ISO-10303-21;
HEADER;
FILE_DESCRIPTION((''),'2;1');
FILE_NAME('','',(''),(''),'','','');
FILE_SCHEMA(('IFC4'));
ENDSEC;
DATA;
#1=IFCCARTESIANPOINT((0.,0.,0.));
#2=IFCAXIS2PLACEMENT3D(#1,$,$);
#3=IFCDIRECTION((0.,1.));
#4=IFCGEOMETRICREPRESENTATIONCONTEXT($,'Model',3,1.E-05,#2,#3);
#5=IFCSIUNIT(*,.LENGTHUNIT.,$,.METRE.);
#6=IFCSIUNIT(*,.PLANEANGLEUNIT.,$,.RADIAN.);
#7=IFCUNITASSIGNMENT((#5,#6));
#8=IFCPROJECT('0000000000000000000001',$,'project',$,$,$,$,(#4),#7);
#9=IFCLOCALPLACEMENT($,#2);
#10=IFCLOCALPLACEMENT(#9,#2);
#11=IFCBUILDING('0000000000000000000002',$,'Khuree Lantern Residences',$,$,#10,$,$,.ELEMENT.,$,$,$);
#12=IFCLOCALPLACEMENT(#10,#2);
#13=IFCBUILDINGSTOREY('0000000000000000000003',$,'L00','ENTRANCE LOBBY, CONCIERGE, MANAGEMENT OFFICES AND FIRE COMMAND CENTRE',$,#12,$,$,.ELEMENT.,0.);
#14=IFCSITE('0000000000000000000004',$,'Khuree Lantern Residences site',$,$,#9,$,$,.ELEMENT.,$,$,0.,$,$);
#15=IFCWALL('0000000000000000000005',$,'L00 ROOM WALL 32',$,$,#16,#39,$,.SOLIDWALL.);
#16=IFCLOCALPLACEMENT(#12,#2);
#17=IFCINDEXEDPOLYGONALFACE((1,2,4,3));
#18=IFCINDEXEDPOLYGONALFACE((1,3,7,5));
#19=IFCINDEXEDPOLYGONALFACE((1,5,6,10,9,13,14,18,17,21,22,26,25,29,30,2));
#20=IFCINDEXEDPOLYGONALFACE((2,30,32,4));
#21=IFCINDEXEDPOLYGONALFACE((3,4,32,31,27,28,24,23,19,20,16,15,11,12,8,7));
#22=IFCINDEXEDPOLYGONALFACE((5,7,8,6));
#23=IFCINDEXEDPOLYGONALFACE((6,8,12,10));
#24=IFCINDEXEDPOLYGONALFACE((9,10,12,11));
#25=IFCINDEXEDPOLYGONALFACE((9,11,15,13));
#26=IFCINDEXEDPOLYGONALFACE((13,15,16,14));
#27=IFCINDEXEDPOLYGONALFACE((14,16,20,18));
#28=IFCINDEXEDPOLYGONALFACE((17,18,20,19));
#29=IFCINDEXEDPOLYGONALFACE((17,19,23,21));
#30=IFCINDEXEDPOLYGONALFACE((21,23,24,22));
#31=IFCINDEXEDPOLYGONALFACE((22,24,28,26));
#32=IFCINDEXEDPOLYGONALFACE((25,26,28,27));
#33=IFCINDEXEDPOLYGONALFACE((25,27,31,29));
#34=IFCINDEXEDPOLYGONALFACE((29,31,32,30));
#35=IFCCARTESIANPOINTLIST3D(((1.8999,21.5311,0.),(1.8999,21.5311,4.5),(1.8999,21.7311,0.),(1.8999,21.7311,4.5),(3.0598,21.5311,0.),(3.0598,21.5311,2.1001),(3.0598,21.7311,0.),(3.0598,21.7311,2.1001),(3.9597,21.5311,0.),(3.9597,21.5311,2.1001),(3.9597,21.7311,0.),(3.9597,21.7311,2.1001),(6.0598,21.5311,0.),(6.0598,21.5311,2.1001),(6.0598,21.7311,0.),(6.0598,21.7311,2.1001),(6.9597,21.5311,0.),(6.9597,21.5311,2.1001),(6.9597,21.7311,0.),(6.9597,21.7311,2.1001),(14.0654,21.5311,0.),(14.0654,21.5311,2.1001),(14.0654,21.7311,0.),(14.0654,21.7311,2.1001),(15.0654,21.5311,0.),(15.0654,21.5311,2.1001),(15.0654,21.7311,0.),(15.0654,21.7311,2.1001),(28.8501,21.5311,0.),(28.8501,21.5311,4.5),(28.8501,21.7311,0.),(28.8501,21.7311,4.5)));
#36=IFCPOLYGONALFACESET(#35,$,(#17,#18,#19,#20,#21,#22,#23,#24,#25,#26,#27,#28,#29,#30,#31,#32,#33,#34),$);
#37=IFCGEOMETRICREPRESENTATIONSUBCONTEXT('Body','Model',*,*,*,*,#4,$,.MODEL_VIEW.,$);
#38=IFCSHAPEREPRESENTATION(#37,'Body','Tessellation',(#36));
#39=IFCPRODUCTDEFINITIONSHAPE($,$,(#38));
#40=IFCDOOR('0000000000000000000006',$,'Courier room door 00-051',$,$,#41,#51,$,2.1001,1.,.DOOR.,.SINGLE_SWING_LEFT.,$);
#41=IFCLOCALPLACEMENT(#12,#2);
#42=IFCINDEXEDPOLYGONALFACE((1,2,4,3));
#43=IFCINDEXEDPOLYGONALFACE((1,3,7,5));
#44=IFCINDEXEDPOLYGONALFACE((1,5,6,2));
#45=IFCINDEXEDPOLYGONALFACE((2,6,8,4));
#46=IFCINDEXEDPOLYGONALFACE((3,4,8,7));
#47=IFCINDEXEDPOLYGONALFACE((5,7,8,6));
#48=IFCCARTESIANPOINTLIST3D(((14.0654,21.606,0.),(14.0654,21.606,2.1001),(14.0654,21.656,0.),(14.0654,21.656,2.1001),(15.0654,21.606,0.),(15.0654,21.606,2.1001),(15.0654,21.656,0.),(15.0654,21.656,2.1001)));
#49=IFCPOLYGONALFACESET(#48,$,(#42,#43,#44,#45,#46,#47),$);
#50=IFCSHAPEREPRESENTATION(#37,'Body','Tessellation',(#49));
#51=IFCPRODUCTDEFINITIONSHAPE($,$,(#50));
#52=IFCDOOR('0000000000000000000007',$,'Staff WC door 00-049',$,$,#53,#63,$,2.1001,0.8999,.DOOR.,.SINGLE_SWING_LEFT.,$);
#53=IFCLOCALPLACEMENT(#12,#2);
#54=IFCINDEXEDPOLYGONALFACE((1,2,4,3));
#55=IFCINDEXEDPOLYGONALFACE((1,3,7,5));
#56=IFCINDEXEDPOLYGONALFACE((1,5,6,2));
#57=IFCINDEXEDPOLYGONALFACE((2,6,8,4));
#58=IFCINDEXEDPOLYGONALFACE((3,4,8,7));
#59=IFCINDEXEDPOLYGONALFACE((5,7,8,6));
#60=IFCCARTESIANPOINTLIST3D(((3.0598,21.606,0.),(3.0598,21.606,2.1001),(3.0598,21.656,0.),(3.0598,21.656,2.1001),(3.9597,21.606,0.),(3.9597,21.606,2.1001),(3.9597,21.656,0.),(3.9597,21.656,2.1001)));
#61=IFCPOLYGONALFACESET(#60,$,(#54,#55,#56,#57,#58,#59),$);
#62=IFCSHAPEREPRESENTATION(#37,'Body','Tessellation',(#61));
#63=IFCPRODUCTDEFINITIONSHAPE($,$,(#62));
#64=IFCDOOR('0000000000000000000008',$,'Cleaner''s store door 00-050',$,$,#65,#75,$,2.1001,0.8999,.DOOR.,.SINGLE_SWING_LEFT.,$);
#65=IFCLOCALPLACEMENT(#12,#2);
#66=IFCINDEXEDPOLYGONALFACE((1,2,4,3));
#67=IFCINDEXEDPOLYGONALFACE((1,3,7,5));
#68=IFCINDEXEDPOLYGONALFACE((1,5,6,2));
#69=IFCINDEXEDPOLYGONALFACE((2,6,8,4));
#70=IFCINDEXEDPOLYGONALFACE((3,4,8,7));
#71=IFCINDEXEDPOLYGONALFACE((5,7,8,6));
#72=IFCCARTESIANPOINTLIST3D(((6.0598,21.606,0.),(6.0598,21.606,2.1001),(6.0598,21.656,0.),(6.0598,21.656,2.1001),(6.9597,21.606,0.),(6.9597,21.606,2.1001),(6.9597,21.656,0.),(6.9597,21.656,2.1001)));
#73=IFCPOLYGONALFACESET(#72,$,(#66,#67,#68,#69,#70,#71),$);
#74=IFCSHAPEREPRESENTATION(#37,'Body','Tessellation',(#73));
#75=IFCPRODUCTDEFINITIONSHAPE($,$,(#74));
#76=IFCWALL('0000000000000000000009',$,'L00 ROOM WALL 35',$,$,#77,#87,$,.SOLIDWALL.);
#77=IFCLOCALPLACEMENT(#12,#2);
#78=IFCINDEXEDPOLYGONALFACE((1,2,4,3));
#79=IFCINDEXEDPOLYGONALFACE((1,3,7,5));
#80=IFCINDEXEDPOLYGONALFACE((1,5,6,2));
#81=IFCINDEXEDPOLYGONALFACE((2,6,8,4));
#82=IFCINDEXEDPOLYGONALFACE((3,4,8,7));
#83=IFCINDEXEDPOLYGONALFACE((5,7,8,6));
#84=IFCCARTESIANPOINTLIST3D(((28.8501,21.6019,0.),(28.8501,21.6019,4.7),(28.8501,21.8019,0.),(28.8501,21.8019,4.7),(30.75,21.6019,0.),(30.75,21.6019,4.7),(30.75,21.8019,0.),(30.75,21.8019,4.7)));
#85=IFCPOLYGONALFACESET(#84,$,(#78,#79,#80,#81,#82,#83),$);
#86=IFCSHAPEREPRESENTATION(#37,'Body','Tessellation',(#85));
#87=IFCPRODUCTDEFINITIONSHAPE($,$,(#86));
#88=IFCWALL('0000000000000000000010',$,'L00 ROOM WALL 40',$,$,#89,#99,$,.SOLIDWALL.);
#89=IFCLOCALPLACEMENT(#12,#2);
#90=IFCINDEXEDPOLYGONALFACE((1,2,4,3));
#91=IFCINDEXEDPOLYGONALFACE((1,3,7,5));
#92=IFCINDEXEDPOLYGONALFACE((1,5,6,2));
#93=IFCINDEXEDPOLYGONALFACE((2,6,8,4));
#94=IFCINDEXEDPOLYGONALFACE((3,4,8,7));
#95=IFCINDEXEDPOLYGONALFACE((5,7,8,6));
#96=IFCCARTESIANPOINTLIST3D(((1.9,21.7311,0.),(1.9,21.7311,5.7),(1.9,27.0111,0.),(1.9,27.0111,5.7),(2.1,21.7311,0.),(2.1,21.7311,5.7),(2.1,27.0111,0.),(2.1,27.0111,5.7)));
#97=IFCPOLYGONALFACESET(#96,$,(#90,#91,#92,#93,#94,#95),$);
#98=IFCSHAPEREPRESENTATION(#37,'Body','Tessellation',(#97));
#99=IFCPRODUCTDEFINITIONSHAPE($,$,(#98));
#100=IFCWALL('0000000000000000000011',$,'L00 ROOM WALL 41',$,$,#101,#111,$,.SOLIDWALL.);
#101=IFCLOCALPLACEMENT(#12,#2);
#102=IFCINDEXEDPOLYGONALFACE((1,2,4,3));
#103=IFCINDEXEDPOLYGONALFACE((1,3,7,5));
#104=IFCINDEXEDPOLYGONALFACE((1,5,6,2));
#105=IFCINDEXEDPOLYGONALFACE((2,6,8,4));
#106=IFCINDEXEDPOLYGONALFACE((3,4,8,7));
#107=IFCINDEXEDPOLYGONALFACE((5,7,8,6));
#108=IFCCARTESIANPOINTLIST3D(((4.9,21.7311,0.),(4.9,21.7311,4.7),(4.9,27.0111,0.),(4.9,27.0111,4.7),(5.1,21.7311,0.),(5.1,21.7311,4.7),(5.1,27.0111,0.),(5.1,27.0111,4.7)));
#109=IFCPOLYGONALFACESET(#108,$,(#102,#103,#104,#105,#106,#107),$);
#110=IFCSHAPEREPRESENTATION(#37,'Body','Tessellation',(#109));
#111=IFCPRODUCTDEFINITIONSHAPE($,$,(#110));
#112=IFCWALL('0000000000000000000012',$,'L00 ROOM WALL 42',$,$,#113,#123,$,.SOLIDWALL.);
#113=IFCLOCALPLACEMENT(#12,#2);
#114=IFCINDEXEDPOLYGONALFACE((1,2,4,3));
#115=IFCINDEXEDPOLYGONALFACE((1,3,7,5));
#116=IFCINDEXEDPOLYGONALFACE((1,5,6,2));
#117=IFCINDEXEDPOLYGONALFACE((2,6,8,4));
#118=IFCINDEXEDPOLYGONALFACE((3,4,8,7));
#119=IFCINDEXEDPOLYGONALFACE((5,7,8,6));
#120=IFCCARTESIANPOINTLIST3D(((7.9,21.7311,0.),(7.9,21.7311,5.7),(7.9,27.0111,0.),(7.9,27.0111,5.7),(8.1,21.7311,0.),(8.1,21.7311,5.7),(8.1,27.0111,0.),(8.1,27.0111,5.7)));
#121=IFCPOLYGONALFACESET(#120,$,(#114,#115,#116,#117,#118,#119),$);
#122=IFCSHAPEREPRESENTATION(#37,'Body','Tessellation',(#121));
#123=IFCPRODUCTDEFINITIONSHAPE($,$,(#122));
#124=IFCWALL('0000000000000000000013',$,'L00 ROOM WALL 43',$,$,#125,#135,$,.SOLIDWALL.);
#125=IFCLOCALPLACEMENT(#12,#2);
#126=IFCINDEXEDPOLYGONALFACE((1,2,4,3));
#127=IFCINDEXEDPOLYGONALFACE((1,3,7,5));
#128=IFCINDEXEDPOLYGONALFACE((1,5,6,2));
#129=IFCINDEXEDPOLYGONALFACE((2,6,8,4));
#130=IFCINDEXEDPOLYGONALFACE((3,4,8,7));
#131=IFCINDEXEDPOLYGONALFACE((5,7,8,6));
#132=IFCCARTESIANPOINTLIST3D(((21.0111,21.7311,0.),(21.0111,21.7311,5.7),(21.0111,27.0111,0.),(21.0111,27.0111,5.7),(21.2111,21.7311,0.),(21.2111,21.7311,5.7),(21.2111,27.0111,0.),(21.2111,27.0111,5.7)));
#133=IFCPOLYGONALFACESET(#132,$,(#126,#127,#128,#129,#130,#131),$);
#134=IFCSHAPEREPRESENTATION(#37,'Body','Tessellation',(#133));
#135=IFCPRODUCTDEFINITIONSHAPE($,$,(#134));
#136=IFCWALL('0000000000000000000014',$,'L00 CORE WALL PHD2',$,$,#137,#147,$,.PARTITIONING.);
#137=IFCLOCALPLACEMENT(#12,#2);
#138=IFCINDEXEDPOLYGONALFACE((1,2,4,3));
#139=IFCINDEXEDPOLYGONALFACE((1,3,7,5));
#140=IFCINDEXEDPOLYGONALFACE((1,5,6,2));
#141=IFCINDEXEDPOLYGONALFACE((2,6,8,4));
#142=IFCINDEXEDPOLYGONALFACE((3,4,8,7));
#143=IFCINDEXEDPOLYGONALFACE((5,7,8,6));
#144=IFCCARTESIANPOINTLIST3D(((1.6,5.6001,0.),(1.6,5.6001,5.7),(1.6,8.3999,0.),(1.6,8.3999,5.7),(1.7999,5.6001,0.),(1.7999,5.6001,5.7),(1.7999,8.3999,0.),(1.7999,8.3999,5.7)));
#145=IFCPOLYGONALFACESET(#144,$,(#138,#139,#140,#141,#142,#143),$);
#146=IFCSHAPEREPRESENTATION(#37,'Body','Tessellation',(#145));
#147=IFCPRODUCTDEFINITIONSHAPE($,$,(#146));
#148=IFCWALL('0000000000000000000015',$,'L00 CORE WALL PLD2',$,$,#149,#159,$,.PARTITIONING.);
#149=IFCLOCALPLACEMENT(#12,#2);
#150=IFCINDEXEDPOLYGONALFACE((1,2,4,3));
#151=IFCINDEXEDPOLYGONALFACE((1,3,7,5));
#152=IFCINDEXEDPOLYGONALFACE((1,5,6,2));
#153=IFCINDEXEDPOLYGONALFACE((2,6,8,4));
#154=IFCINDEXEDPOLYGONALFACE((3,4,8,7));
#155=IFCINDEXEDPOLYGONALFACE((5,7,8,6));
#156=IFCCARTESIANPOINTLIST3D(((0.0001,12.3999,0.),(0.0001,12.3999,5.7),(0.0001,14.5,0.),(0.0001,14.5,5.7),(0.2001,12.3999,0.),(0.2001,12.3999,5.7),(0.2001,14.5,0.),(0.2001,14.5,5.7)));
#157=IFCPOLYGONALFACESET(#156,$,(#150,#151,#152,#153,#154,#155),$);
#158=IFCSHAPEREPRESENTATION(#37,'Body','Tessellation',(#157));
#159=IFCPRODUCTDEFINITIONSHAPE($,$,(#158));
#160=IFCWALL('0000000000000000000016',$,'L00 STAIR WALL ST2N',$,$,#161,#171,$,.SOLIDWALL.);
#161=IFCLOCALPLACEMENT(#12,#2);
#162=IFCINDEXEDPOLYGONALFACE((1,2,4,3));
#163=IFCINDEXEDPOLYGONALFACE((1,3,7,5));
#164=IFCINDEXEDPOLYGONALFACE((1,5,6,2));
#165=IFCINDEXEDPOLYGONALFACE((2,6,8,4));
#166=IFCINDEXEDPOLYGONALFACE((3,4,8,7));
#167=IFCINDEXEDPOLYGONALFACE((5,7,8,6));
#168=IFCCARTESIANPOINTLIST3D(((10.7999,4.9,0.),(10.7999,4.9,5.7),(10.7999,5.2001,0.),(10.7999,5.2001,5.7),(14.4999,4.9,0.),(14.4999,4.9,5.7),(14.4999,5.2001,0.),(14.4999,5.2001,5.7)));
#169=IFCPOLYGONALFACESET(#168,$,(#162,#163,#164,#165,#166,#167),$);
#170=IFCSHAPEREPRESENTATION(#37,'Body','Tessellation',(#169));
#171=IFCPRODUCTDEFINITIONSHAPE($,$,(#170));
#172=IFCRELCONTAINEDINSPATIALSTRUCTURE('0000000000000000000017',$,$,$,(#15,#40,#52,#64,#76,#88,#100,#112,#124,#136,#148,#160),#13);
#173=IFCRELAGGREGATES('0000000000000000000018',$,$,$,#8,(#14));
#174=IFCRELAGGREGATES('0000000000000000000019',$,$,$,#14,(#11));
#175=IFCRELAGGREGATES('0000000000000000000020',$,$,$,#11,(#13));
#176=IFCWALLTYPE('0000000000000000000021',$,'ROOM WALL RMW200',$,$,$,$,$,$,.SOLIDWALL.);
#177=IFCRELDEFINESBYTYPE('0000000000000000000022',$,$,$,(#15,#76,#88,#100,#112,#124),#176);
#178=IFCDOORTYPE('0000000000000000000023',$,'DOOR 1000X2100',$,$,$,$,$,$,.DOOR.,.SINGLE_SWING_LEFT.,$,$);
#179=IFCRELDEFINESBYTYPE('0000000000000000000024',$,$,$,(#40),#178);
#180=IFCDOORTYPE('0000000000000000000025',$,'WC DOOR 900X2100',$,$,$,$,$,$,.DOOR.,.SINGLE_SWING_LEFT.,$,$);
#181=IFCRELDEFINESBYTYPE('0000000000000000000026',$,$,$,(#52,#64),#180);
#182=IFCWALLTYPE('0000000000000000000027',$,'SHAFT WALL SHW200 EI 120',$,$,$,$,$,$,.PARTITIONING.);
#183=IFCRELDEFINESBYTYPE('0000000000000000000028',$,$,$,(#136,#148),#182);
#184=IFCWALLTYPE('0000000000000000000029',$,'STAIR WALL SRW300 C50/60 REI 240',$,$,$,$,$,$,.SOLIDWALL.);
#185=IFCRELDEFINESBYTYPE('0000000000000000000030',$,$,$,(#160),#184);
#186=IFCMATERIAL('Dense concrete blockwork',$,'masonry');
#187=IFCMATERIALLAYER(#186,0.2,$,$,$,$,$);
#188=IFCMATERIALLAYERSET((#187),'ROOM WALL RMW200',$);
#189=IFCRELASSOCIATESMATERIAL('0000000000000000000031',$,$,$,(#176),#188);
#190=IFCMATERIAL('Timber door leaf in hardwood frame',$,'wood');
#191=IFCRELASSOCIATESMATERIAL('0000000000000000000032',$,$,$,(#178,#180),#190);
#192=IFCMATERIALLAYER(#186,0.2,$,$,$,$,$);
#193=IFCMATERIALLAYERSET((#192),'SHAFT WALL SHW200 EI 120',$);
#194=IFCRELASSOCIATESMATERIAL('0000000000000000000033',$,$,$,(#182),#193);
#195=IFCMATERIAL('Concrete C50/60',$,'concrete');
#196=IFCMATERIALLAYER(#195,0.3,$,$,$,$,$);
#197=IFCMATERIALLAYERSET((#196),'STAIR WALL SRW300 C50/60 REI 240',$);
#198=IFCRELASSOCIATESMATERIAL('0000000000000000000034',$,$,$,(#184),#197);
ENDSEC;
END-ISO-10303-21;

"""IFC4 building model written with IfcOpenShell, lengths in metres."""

from ifc_helpers import new_model, si_unit, direction, frame, frame_2d, origin, place, context, subcontext, project, spatial, rectangle, extrude, material, layer, layer_set, type_object, element, fill, save


model = new_model("IFC4")

# Units and contexts
model_context = context("Model", 3, precision=1e-05, world=origin(), true_north=direction((0.0, 1.0)))
body_context = subcontext(model_context, "Body", "Model", "MODEL_VIEW")
ifc_project = project(units=[si_unit("LENGTHUNIT", "METRE"), si_unit("PLANEANGLEUNIT", "RADIAN")], contexts=[model_context])

# Site, building, storey
site_placement = place(None, origin())
site = spatial("IfcSite", under=ifc_project, at=site_placement, Name="Khuree Lantern Residences site", CompositionType="ELEMENT", RefElevation=0.0)
building_placement = place(site_placement, origin())
building = spatial("IfcBuilding", under=site, at=building_placement, Name="Khuree Lantern Residences", CompositionType="ELEMENT")
storey_placement = place(building_placement, origin())
storey = spatial("IfcBuildingStorey", under=building, at=storey_placement, Name="L00", Description="ENTRANCE LOBBY, CONCIERGE, MANAGEMENT OFFICES AND FIRE COMMAND CENTRE", CompositionType="ELEMENT", Elevation=0.0)

# Shared definitions
ifc_material_1 = material(Name="Dense concrete blockwork", Category="masonry")
ifc_layer_1 = layer(ifc_material_1, 0.2)
ifc_layer_set_1 = layer_set([ifc_layer_1], Name="ROOM WALL RMW200")
wall_type_1 = type_object("IfcWallType", Name="ROOM WALL RMW200", PredefinedType="SOLIDWALL", material=ifc_layer_set_1)

# Wall, openings, doors
wall_1_placement = place(storey_placement, frame((1.8999, 21.6311, 0.0), z_axis=(0.0, 0.0, 1.0), x_axis=(1.0, 0.0, 0.0)))
wall_1 = element("IfcWall", 1, at=wall_1_placement, inside=storey, type_object=wall_type_1, Name="L00 ROOM WALL 32", PredefinedType="SOLIDWALL", context=body_context, shape_type="SweptSolid", body=[
    extrude(rectangle(XDim=26.9502, YDim=0.2, at=frame_2d((13.4751, 0.0))), origin(), (0.0, 0.0, 1.0), 4.5),
])
opening_1_placement = place(wall_1_placement, frame((1.1599, 0.0, 0.0)))
opening_1 = element("IfcOpeningElement", 2, at=opening_1_placement, cuts=wall_1, PredefinedType="OPENING", context=body_context, shape_type="SweptSolid", body=[
    extrude(rectangle(XDim=0.8999, YDim=2.1001, at=frame_2d((0.45, 1.05))), frame((0.0, 0.1099, 0.0), z_axis=(0.0, -1.0, 0.0), x_axis=(1.0, 0.0, 0.0)), (0.0, 0.0, 1.0), 0.22),
])
opening_2_placement = place(wall_1_placement, frame((4.1599, 0.0, 0.0)))
opening_2 = element("IfcOpeningElement", 3, at=opening_2_placement, cuts=wall_1, PredefinedType="OPENING", context=body_context, shape_type="SweptSolid", body=[
    extrude(rectangle(XDim=0.8999, YDim=2.1001, at=frame_2d((0.45, 1.05))), frame((0.0, 0.1099, 0.0), z_axis=(0.0, -1.0, 0.0), x_axis=(1.0, 0.0, 0.0)), (0.0, 0.0, 1.0), 0.22),
])
opening_3_placement = place(wall_1_placement, frame((12.1655, 0.0, 0.0)))
opening_3 = element("IfcOpeningElement", 4, at=opening_3_placement, cuts=wall_1, PredefinedType="OPENING", context=body_context, shape_type="SweptSolid", body=[
    extrude(rectangle(XDim=1.0, YDim=2.1001, at=frame_2d((0.5, 1.05))), frame((0.0, 0.1099, 0.0), z_axis=(0.0, -1.0, 0.0), x_axis=(1.0, 0.0, 0.0)), (0.0, 0.0, 1.0), 0.22),
])
ifc_material_2 = material(Name="Timber door leaf in hardwood frame", Category="wood")
door_type_1 = type_object("IfcDoorType", Name="DOOR 1000X2100", OperationType="SINGLE_SWING_LEFT", PredefinedType="DOOR", material=ifc_material_2)
door_1_placement = place(opening_3_placement, origin())
door_1 = element("IfcDoor", 5, at=door_1_placement, inside=storey, type_object=door_type_1, Name="Courier room door 00-051", OperationType="SINGLE_SWING_LEFT", OverallHeight=2.1001, OverallWidth=1.0, PredefinedType="DOOR", context=body_context, shape_type="SweptSolid", body=[
    extrude(rectangle(XDim=1.0, YDim=2.1001, at=frame_2d((0.5, 1.05))), frame((0.0, 0.0249, 0.0), z_axis=(0.0, -1.0, 0.0), x_axis=(1.0, 0.0, 0.0)), (0.0, 0.0, 1.0), 0.05),
])
fill(opening_3, door_1)
door_type_2 = type_object("IfcDoorType", Name="WC DOOR 900X2100", OperationType="SINGLE_SWING_LEFT", PredefinedType="DOOR", material=ifc_material_2)
door_2_placement = place(opening_1_placement, origin())
door_2 = element("IfcDoor", 6, at=door_2_placement, inside=storey, type_object=door_type_2, Name="Staff WC door 00-049", OperationType="SINGLE_SWING_LEFT", OverallHeight=2.1001, OverallWidth=0.8999, PredefinedType="DOOR", context=body_context, shape_type="SweptSolid", body=[
    extrude(rectangle(XDim=0.8999, YDim=2.1001, at=frame_2d((0.45, 1.05))), frame((0.0, 0.0249, 0.0), z_axis=(0.0, -1.0, 0.0), x_axis=(1.0, 0.0, 0.0)), (0.0, 0.0, 1.0), 0.05),
])
fill(opening_1, door_2)
door_3_placement = place(opening_2_placement, origin())
door_3 = element("IfcDoor", 7, at=door_3_placement, inside=storey, type_object=door_type_2, Name="Cleaner's store door 00-050", OperationType="SINGLE_SWING_LEFT", OverallHeight=2.1001, OverallWidth=0.8999, PredefinedType="DOOR", context=body_context, shape_type="SweptSolid", body=[
    extrude(rectangle(XDim=0.8999, YDim=2.1001, at=frame_2d((0.45, 1.05))), frame((0.0, 0.0249, 0.0), z_axis=(0.0, -1.0, 0.0), x_axis=(1.0, 0.0, 0.0)), (0.0, 0.0, 1.0), 0.05),
])
fill(opening_2, door_3)

# Walls
wall_2_placement = place(storey_placement, frame((28.8501, 21.7019, 0.0), z_axis=(0.0, 0.0, 1.0), x_axis=(1.0, 0.0, 0.0)))
element("IfcWall", 8, at=wall_2_placement, inside=storey, type_object=wall_type_1, Name="L00 ROOM WALL 35", PredefinedType="SOLIDWALL", context=body_context, shape_type="SweptSolid", body=[
    extrude(rectangle(XDim=1.8999, YDim=0.2, at=frame_2d((0.95, 0.0))), origin(), (0.0, 0.0, 1.0), 4.7),
])
wall_3_placement = place(storey_placement, frame((2.0, 21.731, 0.0), z_axis=(0.0, 0.0, 1.0), x_axis=(0.0, 1.0, 0.0)))
element("IfcWall", 9, at=wall_3_placement, inside=storey, type_object=wall_type_1, Name="L00 ROOM WALL 40", PredefinedType="SOLIDWALL", context=body_context, shape_type="SweptSolid", body=[
    extrude(rectangle(XDim=5.28, YDim=0.2, at=frame_2d((2.6401, 0.0))), origin(), (0.0, 0.0, 1.0), 5.7),
])
wall_4_placement = place(storey_placement, frame((5.0, 21.731, 0.0), z_axis=(0.0, 0.0, 1.0), x_axis=(0.0, 1.0, 0.0)))
element("IfcWall", 10, at=wall_4_placement, inside=storey, type_object=wall_type_1, Name="L00 ROOM WALL 41", PredefinedType="SOLIDWALL", context=body_context, shape_type="SweptSolid", body=[
    extrude(rectangle(XDim=5.28, YDim=0.2, at=frame_2d((2.6401, 0.0))), origin(), (0.0, 0.0, 1.0), 4.7),
])
for number, where, z_axis, x_axis, name in (
    (11, (8.0, 21.731, 0.0), (0.0, 0.0, 1.0), (0.0, 1.0, 0.0), "L00 ROOM WALL 42"),
    (12, (21.1111, 21.731, 0.0), (0.0, 0.0, 1.0), (0.0, 1.0, 0.0), "L00 ROOM WALL 43"),
):
    element("IfcWall", number, at=place(storey_placement, frame(where, z_axis=z_axis, x_axis=x_axis)), inside=storey, type_object=wall_type_1, Name=name, PredefinedType="SOLIDWALL", context=body_context, shape_type="SweptSolid", body=[
        extrude(rectangle(XDim=5.28, YDim=0.2, at=frame_2d((2.6401, 0.0))), origin(), (0.0, 0.0, 1.0), 5.7),
    ])
ifc_layer_2 = layer(ifc_material_1, 0.2)
ifc_layer_set_2 = layer_set([ifc_layer_2], Name="SHAFT WALL SHW200 EI 120")
wall_type_2 = type_object("IfcWallType", Name="SHAFT WALL SHW200 EI 120", PredefinedType="PARTITIONING", material=ifc_layer_set_2)
wall_5_placement = place(storey_placement, frame((1.7, 5.6001, 0.0), z_axis=(0.0, 0.0, 1.0), x_axis=(0.0, 1.0, 0.0)))
element("IfcWall", 13, at=wall_5_placement, inside=storey, type_object=wall_type_2, Name="L00 CORE WALL PHD2", PredefinedType="PARTITIONING", context=body_context, shape_type="SweptSolid", body=[
    extrude(rectangle(XDim=2.7998, YDim=0.2, at=frame_2d((1.3999, 0.0))), origin(), (0.0, 0.0, 1.0), 5.7),
])
wall_6_placement = place(storey_placement, frame((0.1001, 12.3999, 0.0), z_axis=(0.0, 0.0, 1.0), x_axis=(0.0, 1.0, 0.0)))
element("IfcWall", 14, at=wall_6_placement, inside=storey, type_object=wall_type_2, Name="L00 CORE WALL PLD2", PredefinedType="PARTITIONING", context=body_context, shape_type="SweptSolid", body=[
    extrude(rectangle(XDim=2.1001, YDim=0.2, at=frame_2d((1.05, 0.0))), origin(), (0.0, 0.0, 1.0), 5.7),
])
ifc_material_3 = material(Name="Concrete C50/60", Category="concrete")
ifc_layer_3 = layer(ifc_material_3, 0.3)
ifc_layer_set_3 = layer_set([ifc_layer_3], Name="STAIR WALL SRW300 C50/60 REI 240")
wall_type_3 = type_object("IfcWallType", Name="STAIR WALL SRW300 C50/60 REI 240", PredefinedType="SOLIDWALL", material=ifc_layer_set_3)
wall_7_placement = place(storey_placement, frame((14.5, 5.05, 0.0), z_axis=(0.0, 0.0, 1.0), x_axis=(-1.0, 0.0, 0.0)))
element("IfcWall", 15, at=wall_7_placement, inside=storey, type_object=wall_type_3, Name="L00 STAIR WALL ST2N", PredefinedType="SOLIDWALL", context=body_context, shape_type="SweptSolid", body=[
    extrude(rectangle(XDim=3.7, YDim=0.3, at=frame_2d((1.8501, 0.0))), origin(), (0.0, 0.0, 1.0), 5.7),
])

save(model, "model.ifc")
